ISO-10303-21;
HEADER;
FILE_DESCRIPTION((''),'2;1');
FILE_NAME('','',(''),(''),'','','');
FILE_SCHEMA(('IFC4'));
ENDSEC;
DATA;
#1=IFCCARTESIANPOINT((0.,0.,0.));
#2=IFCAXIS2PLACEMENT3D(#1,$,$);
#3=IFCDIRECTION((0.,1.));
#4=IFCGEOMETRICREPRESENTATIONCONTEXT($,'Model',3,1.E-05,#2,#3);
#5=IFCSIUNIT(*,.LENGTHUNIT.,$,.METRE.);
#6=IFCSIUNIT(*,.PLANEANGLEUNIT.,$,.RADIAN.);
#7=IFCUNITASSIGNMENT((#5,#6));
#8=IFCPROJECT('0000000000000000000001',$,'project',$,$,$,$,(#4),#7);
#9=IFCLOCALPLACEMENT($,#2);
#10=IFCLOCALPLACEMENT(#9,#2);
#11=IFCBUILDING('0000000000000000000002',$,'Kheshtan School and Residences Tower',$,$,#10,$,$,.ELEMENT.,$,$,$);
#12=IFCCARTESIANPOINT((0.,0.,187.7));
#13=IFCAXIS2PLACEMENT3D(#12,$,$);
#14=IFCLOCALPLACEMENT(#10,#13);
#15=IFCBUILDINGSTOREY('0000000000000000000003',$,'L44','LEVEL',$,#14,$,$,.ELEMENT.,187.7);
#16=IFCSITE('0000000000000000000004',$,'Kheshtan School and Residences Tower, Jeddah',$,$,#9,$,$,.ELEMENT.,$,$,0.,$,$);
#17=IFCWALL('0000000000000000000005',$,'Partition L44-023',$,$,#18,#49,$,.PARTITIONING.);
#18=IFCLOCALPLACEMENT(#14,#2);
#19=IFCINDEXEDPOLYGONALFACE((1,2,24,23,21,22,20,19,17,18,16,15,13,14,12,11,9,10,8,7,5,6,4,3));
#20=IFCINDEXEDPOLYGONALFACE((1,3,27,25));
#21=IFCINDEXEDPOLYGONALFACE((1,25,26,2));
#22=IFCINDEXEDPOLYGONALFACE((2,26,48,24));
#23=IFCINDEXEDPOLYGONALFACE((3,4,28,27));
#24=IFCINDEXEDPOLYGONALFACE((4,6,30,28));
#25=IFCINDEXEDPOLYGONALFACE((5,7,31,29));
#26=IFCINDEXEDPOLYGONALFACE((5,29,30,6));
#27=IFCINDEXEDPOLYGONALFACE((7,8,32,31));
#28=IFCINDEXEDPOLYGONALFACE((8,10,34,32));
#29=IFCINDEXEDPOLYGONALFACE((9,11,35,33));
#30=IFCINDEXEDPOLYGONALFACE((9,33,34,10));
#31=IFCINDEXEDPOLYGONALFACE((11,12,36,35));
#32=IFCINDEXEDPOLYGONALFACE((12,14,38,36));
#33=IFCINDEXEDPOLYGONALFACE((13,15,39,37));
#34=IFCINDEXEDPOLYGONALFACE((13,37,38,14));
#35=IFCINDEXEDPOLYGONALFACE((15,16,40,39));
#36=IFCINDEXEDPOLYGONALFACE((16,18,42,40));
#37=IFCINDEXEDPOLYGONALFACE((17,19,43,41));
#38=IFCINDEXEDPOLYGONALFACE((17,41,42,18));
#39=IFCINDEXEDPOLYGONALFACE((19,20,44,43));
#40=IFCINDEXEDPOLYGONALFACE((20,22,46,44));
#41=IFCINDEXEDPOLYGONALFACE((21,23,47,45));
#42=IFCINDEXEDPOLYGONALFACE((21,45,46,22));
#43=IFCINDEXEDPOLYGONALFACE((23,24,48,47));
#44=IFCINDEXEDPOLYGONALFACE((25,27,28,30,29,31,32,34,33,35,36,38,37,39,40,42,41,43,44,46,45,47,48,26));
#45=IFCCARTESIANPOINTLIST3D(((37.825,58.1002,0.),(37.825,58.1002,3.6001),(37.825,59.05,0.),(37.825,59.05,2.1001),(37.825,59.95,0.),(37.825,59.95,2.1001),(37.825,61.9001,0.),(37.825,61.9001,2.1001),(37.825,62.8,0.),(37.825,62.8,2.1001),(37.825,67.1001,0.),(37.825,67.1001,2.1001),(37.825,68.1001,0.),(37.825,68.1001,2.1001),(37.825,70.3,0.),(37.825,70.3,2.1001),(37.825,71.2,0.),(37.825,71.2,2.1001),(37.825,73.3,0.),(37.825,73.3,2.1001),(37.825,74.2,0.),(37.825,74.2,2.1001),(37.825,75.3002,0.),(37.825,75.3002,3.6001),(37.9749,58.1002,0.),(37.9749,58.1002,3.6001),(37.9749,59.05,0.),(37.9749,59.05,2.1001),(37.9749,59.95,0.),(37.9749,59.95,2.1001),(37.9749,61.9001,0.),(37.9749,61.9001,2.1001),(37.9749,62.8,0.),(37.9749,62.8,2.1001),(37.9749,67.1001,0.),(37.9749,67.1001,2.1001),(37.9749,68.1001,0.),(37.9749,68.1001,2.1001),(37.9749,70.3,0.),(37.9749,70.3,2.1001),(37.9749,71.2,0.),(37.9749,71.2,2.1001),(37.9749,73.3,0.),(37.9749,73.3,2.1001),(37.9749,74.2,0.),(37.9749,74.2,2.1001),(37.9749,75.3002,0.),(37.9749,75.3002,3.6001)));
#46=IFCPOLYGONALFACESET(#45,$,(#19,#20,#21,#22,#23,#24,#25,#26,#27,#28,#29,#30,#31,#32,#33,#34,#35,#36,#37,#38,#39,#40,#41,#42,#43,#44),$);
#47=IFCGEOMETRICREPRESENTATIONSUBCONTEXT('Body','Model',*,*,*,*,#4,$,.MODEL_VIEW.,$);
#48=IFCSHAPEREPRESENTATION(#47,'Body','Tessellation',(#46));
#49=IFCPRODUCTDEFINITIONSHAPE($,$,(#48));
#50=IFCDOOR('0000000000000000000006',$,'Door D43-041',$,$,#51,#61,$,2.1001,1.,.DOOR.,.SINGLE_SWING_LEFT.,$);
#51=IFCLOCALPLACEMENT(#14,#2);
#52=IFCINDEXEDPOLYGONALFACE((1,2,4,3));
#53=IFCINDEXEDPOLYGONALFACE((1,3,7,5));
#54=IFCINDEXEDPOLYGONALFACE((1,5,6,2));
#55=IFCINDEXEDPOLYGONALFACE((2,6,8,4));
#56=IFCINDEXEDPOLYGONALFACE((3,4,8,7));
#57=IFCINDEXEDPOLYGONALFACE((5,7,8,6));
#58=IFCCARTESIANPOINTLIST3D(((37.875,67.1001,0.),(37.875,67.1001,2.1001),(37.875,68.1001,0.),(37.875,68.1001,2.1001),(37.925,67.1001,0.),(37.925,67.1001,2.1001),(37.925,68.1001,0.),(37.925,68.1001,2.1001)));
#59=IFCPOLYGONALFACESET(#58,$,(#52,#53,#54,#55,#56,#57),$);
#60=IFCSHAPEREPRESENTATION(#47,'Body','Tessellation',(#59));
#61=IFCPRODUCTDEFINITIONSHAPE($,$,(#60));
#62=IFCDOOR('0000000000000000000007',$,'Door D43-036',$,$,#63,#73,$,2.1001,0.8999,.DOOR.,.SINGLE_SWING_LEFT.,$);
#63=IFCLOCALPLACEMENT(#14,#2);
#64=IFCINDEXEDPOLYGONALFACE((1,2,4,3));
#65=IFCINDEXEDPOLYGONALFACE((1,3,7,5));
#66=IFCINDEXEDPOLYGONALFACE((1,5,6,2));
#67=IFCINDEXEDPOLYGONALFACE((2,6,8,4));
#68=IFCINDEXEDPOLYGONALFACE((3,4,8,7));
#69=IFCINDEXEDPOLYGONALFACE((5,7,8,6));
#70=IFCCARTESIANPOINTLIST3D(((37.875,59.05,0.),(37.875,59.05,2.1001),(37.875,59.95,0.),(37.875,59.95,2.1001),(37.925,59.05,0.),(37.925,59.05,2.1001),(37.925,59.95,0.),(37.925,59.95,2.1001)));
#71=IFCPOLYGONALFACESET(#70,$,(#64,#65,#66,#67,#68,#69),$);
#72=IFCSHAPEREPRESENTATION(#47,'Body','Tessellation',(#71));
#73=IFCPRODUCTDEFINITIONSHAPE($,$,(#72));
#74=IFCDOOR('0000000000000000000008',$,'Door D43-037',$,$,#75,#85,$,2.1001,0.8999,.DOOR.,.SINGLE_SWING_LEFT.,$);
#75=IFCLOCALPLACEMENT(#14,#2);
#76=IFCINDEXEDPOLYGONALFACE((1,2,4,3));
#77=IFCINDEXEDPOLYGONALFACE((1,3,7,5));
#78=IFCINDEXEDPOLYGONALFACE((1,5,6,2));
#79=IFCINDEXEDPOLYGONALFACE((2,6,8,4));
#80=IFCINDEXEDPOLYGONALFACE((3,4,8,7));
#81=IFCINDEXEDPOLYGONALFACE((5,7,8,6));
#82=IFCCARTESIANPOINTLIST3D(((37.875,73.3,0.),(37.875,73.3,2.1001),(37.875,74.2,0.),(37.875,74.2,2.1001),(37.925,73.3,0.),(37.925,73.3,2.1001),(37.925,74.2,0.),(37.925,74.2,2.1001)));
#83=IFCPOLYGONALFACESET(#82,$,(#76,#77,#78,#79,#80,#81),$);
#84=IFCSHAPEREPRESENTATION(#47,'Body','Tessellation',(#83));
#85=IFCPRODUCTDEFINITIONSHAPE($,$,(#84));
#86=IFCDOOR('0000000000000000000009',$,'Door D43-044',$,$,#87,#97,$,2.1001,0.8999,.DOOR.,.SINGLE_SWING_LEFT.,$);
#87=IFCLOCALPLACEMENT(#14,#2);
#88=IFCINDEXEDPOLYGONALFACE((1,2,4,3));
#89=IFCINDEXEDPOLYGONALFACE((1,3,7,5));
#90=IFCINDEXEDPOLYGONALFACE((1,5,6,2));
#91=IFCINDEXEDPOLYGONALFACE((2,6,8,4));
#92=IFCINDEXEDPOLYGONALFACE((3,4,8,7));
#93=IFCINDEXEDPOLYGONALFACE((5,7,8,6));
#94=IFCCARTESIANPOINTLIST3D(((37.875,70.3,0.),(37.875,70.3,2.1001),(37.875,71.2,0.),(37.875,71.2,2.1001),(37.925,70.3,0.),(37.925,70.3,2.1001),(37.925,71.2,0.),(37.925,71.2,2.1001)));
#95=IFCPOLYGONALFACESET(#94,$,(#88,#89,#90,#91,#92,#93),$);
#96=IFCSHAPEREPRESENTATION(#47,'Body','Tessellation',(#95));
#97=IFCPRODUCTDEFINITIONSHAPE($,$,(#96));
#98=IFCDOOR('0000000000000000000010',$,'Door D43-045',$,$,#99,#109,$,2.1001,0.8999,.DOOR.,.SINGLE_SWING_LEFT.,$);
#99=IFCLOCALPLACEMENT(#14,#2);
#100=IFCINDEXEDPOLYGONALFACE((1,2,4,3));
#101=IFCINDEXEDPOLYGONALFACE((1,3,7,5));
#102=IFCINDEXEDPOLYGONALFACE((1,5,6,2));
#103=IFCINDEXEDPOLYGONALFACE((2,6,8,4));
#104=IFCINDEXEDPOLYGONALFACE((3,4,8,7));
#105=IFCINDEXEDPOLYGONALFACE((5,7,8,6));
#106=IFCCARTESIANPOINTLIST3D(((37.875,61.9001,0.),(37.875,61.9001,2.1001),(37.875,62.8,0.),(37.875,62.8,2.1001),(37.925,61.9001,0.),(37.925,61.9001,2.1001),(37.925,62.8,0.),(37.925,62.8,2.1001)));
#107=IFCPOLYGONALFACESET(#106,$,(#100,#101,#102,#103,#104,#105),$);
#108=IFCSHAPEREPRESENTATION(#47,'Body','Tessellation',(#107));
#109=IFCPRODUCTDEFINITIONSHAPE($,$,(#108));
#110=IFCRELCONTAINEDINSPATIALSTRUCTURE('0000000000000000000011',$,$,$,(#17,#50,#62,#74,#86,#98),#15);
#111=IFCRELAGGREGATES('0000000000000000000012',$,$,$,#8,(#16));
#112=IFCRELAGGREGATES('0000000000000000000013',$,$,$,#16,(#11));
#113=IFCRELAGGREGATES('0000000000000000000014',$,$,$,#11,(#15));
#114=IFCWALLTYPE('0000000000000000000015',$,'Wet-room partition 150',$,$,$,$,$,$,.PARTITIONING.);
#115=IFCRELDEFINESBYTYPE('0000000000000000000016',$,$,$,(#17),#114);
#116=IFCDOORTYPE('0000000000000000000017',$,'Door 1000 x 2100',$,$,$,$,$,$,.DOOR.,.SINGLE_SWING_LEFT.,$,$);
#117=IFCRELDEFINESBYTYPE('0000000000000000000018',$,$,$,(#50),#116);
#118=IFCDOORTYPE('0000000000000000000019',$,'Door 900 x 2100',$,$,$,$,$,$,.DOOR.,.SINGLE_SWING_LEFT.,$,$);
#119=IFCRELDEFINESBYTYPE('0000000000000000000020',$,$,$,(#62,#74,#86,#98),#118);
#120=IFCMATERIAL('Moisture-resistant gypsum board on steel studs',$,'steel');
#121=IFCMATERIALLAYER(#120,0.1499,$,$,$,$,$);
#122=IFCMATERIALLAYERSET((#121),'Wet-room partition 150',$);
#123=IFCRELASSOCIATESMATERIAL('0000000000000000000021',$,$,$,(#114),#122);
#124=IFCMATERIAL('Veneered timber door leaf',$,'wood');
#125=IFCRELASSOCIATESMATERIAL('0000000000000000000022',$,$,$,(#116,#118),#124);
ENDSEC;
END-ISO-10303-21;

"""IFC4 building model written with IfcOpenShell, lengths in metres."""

from ifc_helpers import new_model, si_unit, direction, frame, frame_2d, origin, place, context, subcontext, project, spatial, rectangle, extrude, source, transform, mapped, material, layer, layer_set, type_object, element, fill, save


model = new_model("IFC4")

# Units and contexts
model_context = context("Model", 3, precision=1e-05, world=origin(), true_north=direction((0.0, 1.0)))
body_context = subcontext(model_context, "Body", "Model", "MODEL_VIEW")
ifc_project = project(units=[si_unit("LENGTHUNIT", "METRE"), si_unit("PLANEANGLEUNIT", "RADIAN")], contexts=[model_context])

# Site, building, storey
site_placement = place(None, origin())
site = spatial("IfcSite", under=ifc_project, at=site_placement, Name="Kheshtan School and Residences Tower, Jeddah", CompositionType="ELEMENT", RefElevation=0.0)
building_placement = place(site_placement, origin())
building = spatial("IfcBuilding", under=site, at=building_placement, Name="Kheshtan School and Residences Tower", CompositionType="ELEMENT")
storey_placement = place(building_placement, frame((0.0, 0.0, 187.7)))
storey = spatial("IfcBuildingStorey", under=building, at=storey_placement, Name="L44", Description="LEVEL", CompositionType="ELEMENT", Elevation=187.7)

# Wall, openings, doors
ifc_material_1 = material(Name="Moisture-resistant gypsum board on steel studs", Category="steel")
ifc_layer_1 = layer(ifc_material_1, 0.1499)
ifc_layer_set_1 = layer_set([ifc_layer_1], Name="Wet-room partition 150")
wall_type_1 = type_object("IfcWallType", Name="Wet-room partition 150", PredefinedType="PARTITIONING", material=ifc_layer_set_1)
wall_1_placement = place(storey_placement, frame((37.8999, 58.1001, 0.0), z_axis=(0.0, 0.0, 1.0), x_axis=(0.0, 1.0, 0.0)))
wall_1 = element("IfcWall", 1, at=wall_1_placement, inside=storey, type_object=wall_type_1, Name="Partition L44-023", PredefinedType="PARTITIONING", context=body_context, shape_type="SweptSolid", body=[
    extrude(rectangle(XDim=17.2, YDim=0.1499, at=frame_2d((8.6001, 0.0))), origin(), (0.0, 0.0, 1.0), 3.6001),
])
opening_1_placement = place(wall_1_placement, frame((0.95, 0.0, 0.0)))
opening_1 = element("IfcOpeningElement", 2, at=opening_1_placement, cuts=wall_1, PredefinedType="OPENING", context=body_context, shape_type="SweptSolid", body=[
    extrude(rectangle(XDim=0.8999, YDim=2.1001, at=frame_2d((0.45, 1.05))), frame((0.0, 0.085, 0.0), z_axis=(0.0, -1.0, 0.0), x_axis=(1.0, 0.0, 0.0)), (0.0, 0.0, 1.0), 0.1699),
])
opening_2_placement = place(wall_1_placement, frame((15.2, 0.0, 0.0)))
opening_2 = element("IfcOpeningElement", 3, at=opening_2_placement, cuts=wall_1, PredefinedType="OPENING", context=body_context, shape_type="SweptSolid", body=[
    extrude(rectangle(XDim=0.8999, YDim=2.1001, at=frame_2d((0.45, 1.05))), frame((0.0, 0.085, 0.0), z_axis=(0.0, -1.0, 0.0), x_axis=(1.0, 0.0, 0.0)), (0.0, 0.0, 1.0), 0.1699),
])
opening_3_placement = place(wall_1_placement, frame((9.0, 0.0, 0.0)))
opening_3 = element("IfcOpeningElement", 4, at=opening_3_placement, cuts=wall_1, PredefinedType="OPENING", context=body_context, shape_type="SweptSolid", body=[
    extrude(rectangle(XDim=1.0, YDim=2.1001, at=frame_2d((0.5, 1.05))), frame((0.0, 0.085, 0.0), z_axis=(0.0, -1.0, 0.0), x_axis=(1.0, 0.0, 0.0)), (0.0, 0.0, 1.0), 0.1699),
])
opening_4_placement = place(wall_1_placement, frame((12.2, 0.0, 0.0)))
opening_4 = element("IfcOpeningElement", 5, at=opening_4_placement, cuts=wall_1, PredefinedType="OPENING", context=body_context, shape_type="SweptSolid", body=[
    extrude(rectangle(XDim=0.8999, YDim=2.1001, at=frame_2d((0.45, 1.05))), frame((0.0, 0.085, 0.0), z_axis=(0.0, -1.0, 0.0), x_axis=(1.0, 0.0, 0.0)), (0.0, 0.0, 1.0), 0.1699),
])
opening_5_placement = place(wall_1_placement, frame((3.8, 0.0, 0.0)))
opening_5 = element("IfcOpeningElement", 6, at=opening_5_placement, cuts=wall_1, PredefinedType="OPENING", context=body_context, shape_type="SweptSolid", body=[
    extrude(rectangle(XDim=0.8999, YDim=2.1001, at=frame_2d((0.45, 1.05))), frame((0.0, 0.085, 0.0), z_axis=(0.0, -1.0, 0.0), x_axis=(1.0, 0.0, 0.0)), (0.0, 0.0, 1.0), 0.1699),
])
ifc_material_2 = material(Name="Veneered timber door leaf", Category="wood")
door_type_1 = type_object("IfcDoorType", Name="Door 1000 x 2100", OperationType="SINGLE_SWING_LEFT", PredefinedType="DOOR", material=ifc_material_2)
shared_shape_1 = source(origin(), body_context, "Body", "SweptSolid", [
    extrude(rectangle(XDim=1.0, YDim=2.1001, at=frame_2d((0.5, 1.05))), frame((0.0, 0.0249, 0.0), z_axis=(0.0, -1.0, 0.0), x_axis=(1.0, 0.0, 0.0)), (0.0, 0.0, 1.0), 0.05),
])
door_1_placement = place(opening_3_placement, origin())
door_1 = element("IfcDoor", 7, at=door_1_placement, inside=storey, type_object=door_type_1, Name="Door D43-041", OperationType="SINGLE_SWING_LEFT", OverallHeight=2.1001, OverallWidth=1.0, PredefinedType="DOOR", context=body_context, shape_type="MappedRepresentation", body=[
    mapped(shared_shape_1, transform((0.0, 0.0, 0.0), x_axis=(1.0, 0.0, 0.0), y_axis=(0.0, 1.0, 0.0), z_axis=(0.0, 0.0, 1.0), scale=1.0)),
])
fill(opening_3, door_1)
door_type_2 = type_object("IfcDoorType", Name="Door 900 x 2100", OperationType="SINGLE_SWING_LEFT", PredefinedType="DOOR", material=ifc_material_2)
shared_shape_2 = source(origin(), body_context, "Body", "SweptSolid", [
    extrude(rectangle(XDim=0.8999, YDim=2.1001, at=frame_2d((0.45, 1.05))), frame((0.0, 0.0249, 0.0), z_axis=(0.0, -1.0, 0.0), x_axis=(1.0, 0.0, 0.0)), (0.0, 0.0, 1.0), 0.05),
])
door_2_placement = place(opening_1_placement, origin())
door_2 = element("IfcDoor", 8, at=door_2_placement, inside=storey, type_object=door_type_2, Name="Door D43-036", OperationType="SINGLE_SWING_LEFT", OverallHeight=2.1001, OverallWidth=0.8999, PredefinedType="DOOR", context=body_context, shape_type="MappedRepresentation", body=[
    mapped(shared_shape_2, transform((0.0, 0.0, 0.0), x_axis=(1.0, 0.0, 0.0), y_axis=(0.0, 1.0, 0.0), z_axis=(0.0, 0.0, 1.0), scale=1.0)),
])
fill(opening_1, door_2)
door_3_placement = place(opening_2_placement, origin())
door_3 = element("IfcDoor", 9, at=door_3_placement, inside=storey, type_object=door_type_2, Name="Door D43-037", OperationType="SINGLE_SWING_LEFT", OverallHeight=2.1001, OverallWidth=0.8999, PredefinedType="DOOR", context=body_context, shape_type="MappedRepresentation", body=[
    mapped(shared_shape_2, transform((0.0, 0.0, 0.0), x_axis=(1.0, 0.0, 0.0), y_axis=(0.0, 1.0, 0.0), z_axis=(0.0, 0.0, 1.0), scale=1.0)),
])
fill(opening_2, door_3)
door_4_placement = place(opening_4_placement, origin())
door_4 = element("IfcDoor", 10, at=door_4_placement, inside=storey, type_object=door_type_2, Name="Door D43-044", OperationType="SINGLE_SWING_LEFT", OverallHeight=2.1001, OverallWidth=0.8999, PredefinedType="DOOR", context=body_context, shape_type="MappedRepresentation", body=[
    mapped(shared_shape_2, transform((0.0, 0.0, 0.0), x_axis=(1.0, 0.0, 0.0), y_axis=(0.0, 1.0, 0.0), z_axis=(0.0, 0.0, 1.0), scale=1.0)),
])
fill(opening_4, door_4)
door_5_placement = place(opening_5_placement, origin())
door_5 = element("IfcDoor", 11, at=door_5_placement, inside=storey, type_object=door_type_2, Name="Door D43-045", OperationType="SINGLE_SWING_LEFT", OverallHeight=2.1001, OverallWidth=0.8999, PredefinedType="DOOR", context=body_context, shape_type="MappedRepresentation", body=[
    mapped(shared_shape_2, transform((0.0, 0.0, 0.0), x_axis=(1.0, 0.0, 0.0), y_axis=(0.0, 1.0, 0.0), z_axis=(0.0, 0.0, 1.0), scale=1.0)),
])
fill(opening_5, door_5)

save(model, "model.ifc")
